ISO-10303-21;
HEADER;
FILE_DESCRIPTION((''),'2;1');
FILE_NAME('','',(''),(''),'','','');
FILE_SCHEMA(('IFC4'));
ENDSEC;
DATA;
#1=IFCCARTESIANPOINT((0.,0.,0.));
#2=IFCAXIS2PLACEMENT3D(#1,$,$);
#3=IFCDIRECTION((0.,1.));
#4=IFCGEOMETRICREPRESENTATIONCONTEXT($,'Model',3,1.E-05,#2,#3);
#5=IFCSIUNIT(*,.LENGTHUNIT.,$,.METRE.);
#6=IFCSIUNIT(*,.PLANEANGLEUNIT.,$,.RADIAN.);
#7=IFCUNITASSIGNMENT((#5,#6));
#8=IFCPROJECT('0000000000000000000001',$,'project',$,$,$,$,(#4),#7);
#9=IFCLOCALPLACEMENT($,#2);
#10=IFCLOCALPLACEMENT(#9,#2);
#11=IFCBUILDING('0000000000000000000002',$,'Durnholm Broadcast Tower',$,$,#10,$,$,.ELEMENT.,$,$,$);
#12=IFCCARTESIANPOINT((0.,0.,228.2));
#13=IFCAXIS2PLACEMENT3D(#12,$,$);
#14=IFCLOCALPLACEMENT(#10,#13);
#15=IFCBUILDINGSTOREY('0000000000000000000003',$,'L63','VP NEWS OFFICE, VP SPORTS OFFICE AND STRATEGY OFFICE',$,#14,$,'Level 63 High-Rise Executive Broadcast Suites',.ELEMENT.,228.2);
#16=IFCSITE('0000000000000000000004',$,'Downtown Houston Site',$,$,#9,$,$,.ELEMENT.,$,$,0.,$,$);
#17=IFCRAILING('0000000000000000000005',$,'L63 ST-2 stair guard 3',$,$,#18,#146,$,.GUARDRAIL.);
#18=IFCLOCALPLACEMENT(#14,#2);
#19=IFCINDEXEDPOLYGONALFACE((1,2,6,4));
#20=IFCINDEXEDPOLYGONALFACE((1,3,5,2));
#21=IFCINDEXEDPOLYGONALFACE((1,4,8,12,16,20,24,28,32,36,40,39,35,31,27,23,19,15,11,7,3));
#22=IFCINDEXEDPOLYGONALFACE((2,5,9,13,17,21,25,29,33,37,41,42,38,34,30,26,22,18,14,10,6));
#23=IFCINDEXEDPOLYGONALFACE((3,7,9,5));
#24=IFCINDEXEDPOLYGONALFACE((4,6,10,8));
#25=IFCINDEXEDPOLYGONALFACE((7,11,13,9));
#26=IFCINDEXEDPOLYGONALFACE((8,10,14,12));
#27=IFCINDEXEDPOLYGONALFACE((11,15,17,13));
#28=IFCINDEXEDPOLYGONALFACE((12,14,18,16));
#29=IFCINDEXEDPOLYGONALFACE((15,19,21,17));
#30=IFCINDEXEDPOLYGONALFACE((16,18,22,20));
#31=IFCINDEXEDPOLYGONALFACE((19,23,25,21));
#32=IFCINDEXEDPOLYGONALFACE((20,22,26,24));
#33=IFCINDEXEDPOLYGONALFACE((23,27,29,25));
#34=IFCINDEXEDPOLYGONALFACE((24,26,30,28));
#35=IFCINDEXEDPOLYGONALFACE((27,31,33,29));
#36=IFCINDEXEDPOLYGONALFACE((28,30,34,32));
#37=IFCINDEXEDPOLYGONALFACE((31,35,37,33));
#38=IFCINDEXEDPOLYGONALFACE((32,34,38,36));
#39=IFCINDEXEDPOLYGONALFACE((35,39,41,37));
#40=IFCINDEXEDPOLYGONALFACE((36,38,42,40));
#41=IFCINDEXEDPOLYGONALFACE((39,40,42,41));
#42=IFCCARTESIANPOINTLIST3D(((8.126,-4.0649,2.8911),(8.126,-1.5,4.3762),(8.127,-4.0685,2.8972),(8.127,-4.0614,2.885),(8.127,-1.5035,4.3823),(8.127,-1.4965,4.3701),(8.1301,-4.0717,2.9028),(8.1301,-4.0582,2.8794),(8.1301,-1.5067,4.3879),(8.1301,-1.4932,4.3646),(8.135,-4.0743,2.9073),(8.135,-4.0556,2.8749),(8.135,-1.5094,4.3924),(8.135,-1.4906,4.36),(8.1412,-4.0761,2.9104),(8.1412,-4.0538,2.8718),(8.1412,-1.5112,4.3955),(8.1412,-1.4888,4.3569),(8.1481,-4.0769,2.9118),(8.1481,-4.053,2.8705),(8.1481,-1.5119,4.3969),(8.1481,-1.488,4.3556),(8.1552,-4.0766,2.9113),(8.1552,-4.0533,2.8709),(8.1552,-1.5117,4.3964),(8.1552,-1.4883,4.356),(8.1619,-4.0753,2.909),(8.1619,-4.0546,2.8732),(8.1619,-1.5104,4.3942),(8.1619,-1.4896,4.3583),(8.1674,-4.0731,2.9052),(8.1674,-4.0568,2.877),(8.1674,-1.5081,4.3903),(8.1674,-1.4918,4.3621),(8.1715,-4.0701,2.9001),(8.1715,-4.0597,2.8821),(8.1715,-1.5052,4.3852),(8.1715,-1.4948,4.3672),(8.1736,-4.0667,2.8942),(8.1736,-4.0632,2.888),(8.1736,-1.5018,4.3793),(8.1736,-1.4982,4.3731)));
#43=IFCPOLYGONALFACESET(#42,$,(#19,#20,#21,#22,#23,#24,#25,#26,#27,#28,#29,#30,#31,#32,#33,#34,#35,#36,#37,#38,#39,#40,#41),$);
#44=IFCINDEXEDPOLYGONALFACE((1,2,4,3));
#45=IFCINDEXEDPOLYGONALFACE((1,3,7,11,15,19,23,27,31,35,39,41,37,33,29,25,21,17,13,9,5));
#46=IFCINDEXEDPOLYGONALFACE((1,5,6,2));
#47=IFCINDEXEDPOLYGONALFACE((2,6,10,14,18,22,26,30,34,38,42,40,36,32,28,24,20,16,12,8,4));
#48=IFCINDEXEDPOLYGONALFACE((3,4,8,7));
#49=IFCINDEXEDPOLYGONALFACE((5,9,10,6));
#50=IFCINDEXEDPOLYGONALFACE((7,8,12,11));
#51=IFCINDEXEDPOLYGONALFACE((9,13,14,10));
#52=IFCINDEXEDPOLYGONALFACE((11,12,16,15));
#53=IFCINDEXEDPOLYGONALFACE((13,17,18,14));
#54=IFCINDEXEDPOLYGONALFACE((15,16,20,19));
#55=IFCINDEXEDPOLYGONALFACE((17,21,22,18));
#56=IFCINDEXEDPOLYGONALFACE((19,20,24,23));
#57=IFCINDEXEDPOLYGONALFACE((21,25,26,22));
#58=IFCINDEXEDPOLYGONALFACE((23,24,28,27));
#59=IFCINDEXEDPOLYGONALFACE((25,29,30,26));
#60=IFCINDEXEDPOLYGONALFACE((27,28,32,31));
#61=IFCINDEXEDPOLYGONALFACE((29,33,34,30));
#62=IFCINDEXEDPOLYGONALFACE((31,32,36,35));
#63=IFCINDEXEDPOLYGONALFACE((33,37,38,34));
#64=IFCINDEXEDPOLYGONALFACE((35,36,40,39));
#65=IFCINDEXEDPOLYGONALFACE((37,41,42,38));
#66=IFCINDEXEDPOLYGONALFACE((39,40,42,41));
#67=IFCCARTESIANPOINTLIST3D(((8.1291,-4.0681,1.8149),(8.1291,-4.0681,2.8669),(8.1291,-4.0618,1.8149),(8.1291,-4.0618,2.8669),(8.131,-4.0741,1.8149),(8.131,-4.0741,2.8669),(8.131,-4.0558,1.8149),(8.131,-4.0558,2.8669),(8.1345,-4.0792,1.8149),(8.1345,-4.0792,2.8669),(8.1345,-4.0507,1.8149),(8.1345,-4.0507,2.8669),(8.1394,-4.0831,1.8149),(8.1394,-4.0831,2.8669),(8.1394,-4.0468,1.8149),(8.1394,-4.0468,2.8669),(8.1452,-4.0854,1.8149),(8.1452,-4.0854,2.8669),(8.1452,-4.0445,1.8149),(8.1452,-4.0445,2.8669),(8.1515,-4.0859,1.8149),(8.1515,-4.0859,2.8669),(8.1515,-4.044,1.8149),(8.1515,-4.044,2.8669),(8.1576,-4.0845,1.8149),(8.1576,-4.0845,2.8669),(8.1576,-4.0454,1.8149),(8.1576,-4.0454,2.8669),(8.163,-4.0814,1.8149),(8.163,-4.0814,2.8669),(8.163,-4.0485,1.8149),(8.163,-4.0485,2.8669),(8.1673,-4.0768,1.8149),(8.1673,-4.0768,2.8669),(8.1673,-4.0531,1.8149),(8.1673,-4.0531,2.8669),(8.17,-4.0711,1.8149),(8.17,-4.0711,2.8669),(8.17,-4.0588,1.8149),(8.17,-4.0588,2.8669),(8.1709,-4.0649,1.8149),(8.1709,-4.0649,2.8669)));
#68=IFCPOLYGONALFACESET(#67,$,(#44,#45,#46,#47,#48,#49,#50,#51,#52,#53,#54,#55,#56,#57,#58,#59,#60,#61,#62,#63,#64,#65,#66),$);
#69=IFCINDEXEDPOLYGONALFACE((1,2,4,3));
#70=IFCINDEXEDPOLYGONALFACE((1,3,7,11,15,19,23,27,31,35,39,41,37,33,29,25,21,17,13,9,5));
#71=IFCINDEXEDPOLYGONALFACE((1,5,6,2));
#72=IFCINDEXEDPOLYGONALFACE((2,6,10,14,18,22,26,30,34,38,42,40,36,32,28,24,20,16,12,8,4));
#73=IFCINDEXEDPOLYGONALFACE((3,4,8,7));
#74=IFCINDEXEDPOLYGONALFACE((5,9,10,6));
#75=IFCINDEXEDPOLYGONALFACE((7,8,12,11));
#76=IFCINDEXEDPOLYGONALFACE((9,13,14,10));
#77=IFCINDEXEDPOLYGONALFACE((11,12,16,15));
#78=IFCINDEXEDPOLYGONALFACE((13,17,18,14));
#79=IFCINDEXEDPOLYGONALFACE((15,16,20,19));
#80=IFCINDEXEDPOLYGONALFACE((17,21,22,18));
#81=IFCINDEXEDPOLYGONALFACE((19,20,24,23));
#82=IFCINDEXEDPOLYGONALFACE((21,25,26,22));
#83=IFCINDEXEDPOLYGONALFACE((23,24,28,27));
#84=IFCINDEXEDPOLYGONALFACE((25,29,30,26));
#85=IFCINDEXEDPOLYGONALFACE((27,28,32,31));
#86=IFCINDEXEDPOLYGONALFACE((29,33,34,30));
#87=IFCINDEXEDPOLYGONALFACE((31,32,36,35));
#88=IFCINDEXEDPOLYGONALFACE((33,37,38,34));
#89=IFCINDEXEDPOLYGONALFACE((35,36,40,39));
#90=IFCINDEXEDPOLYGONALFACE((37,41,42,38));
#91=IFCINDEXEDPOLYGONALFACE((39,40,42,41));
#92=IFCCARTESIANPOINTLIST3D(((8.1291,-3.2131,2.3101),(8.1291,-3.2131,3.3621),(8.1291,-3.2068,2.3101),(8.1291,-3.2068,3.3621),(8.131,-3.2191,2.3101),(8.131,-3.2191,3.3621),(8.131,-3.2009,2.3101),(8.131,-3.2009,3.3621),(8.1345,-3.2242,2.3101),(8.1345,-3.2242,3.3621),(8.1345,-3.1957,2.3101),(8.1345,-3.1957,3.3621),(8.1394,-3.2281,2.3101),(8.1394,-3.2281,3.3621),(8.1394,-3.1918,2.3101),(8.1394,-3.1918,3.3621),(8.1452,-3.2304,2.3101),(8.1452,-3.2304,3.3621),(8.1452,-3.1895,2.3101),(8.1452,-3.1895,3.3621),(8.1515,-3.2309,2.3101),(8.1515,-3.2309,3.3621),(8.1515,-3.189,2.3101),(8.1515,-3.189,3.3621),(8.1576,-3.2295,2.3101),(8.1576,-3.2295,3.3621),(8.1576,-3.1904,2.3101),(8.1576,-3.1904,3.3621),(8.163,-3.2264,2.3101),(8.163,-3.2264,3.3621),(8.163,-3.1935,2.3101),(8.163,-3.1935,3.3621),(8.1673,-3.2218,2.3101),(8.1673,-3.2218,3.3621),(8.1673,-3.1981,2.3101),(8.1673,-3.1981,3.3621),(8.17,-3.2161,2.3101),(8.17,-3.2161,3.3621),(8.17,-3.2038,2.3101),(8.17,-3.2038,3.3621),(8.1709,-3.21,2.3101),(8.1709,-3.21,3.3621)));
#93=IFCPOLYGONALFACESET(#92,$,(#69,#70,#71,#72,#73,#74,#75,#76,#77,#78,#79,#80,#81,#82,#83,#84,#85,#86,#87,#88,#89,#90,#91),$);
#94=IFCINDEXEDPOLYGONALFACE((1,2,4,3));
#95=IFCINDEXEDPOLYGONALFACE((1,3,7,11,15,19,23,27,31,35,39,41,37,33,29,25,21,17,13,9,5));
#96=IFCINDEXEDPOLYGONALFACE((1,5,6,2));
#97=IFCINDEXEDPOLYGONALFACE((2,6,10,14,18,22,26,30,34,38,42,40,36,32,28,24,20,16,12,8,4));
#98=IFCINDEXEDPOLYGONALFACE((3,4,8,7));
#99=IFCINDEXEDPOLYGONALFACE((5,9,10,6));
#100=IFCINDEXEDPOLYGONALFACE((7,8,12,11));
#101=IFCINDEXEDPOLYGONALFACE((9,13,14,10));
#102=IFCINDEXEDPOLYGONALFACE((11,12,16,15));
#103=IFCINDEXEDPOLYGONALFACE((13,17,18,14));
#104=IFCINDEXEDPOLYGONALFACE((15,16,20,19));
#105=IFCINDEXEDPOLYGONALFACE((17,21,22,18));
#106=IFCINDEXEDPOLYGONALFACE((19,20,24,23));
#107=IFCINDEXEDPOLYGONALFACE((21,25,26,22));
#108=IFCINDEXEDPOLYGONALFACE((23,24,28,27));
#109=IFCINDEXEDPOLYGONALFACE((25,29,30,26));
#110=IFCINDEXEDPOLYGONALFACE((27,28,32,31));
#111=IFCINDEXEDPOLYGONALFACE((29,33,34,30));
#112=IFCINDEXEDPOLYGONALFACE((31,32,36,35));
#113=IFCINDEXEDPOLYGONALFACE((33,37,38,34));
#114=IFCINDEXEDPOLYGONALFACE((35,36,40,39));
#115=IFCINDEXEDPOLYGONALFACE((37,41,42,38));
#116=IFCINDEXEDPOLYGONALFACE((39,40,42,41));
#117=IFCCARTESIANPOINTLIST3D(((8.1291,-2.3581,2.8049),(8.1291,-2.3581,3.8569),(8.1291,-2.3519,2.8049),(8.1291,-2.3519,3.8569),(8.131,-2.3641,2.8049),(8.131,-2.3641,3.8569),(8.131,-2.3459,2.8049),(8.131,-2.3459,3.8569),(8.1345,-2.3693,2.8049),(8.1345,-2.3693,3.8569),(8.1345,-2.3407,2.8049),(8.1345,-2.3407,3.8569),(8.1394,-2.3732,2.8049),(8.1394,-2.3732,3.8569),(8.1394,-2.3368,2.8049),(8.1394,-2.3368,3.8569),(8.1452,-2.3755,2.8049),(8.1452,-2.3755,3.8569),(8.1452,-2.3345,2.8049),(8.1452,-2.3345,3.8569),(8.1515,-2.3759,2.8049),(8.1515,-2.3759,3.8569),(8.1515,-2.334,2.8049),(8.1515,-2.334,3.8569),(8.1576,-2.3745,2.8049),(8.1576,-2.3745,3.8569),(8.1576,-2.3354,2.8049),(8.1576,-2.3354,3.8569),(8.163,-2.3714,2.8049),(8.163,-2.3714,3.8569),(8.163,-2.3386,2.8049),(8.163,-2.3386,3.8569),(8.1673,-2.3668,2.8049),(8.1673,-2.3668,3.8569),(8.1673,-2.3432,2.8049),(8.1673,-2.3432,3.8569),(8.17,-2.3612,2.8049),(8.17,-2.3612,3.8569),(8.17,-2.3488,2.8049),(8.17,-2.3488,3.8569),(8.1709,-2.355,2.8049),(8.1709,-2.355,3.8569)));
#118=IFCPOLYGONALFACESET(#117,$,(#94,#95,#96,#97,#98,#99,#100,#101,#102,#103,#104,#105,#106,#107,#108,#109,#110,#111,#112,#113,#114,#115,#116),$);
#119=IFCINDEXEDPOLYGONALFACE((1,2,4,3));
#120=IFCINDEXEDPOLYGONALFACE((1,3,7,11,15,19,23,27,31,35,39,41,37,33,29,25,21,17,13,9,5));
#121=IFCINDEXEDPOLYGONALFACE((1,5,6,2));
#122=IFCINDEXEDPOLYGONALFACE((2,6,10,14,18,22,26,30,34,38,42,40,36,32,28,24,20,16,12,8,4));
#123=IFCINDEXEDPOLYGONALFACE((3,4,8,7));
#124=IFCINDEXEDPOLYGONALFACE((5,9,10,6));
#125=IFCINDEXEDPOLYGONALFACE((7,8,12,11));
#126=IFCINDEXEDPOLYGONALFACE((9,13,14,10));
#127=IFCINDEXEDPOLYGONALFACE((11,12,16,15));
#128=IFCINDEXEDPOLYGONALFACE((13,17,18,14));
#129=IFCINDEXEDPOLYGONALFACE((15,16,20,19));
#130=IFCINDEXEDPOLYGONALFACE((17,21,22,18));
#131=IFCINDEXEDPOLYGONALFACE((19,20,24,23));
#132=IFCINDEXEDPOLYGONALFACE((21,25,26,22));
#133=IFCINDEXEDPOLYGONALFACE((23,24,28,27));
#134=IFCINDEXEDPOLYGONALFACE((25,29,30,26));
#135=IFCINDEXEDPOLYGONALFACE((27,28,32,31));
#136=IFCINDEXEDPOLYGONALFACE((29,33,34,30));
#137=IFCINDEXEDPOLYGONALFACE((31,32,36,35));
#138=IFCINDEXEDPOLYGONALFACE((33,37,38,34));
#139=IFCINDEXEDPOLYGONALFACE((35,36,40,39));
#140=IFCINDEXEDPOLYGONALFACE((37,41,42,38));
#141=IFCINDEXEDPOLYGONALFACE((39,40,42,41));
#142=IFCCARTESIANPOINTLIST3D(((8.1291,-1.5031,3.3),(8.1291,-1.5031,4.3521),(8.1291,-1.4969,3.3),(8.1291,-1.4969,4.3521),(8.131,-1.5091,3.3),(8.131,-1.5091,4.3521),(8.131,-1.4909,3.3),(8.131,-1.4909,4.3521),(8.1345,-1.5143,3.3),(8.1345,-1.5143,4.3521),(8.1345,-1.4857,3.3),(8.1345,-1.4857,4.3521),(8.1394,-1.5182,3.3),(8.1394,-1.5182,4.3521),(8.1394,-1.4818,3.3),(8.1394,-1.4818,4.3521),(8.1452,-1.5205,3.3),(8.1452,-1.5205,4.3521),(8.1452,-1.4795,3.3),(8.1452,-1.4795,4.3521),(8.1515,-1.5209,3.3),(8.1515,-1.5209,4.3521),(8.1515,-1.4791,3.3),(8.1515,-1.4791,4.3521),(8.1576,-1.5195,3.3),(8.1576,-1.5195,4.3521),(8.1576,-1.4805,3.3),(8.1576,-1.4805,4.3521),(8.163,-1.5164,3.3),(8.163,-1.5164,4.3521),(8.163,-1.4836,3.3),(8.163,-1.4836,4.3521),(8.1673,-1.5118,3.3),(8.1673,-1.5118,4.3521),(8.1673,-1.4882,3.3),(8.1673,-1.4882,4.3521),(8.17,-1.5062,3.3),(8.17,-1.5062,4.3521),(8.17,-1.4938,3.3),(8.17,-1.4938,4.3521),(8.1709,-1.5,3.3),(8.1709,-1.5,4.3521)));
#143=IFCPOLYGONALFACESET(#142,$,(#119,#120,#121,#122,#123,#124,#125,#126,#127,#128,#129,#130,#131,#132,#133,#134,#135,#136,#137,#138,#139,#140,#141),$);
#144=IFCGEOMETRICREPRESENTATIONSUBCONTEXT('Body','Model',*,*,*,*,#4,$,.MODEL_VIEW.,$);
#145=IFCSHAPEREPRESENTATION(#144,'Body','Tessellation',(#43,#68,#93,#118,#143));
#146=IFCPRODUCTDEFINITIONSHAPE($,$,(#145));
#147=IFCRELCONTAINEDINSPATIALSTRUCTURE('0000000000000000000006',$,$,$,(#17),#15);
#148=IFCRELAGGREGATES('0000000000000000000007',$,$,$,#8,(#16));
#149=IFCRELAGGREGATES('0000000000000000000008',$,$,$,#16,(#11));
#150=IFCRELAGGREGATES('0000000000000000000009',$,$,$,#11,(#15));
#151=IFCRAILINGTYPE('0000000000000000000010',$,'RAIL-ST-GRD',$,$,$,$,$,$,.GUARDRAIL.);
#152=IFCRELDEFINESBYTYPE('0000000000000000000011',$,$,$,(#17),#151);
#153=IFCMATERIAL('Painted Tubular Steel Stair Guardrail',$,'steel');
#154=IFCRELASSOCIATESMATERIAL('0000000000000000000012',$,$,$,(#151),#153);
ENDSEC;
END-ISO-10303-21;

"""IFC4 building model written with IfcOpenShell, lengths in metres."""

from ifc_helpers import new_model, si_unit, direction, frame, origin, origin_2d, place, context, subcontext, project, spatial, circle, extrude, material, type_object, element, save


model = new_model("IFC4")

# Units and contexts
model_context = context("Model", 3, precision=1e-05, world=origin(), true_north=direction((0.0, 1.0)))
body_context = subcontext(model_context, "Body", "Model", "MODEL_VIEW")
ifc_project = project(units=[si_unit("LENGTHUNIT", "METRE"), si_unit("PLANEANGLEUNIT", "RADIAN")], contexts=[model_context])

# Site, building, storey
site_placement = place(None, origin())
site = spatial("IfcSite", under=ifc_project, at=site_placement, Name="Downtown Houston Site", CompositionType="ELEMENT", RefElevation=0.0)
building_placement = place(site_placement, origin())
building = spatial("IfcBuilding", under=site, at=building_placement, Name="Durnholm Broadcast Tower", CompositionType="ELEMENT")
storey_placement = place(building_placement, frame((0.0, 0.0, 228.2)))
storey = spatial("IfcBuildingStorey", under=building, at=storey_placement, Name="L63", Description="VP NEWS OFFICE, VP SPORTS OFFICE AND STRATEGY OFFICE", LongName="Level 63 High-Rise Executive Broadcast Suites", CompositionType="ELEMENT", Elevation=228.2)

# Railing
ifc_material_1 = material(Name="Painted Tubular Steel Stair Guardrail", Category="steel")
railing_type_1 = type_object("IfcRailingType", Name="RAIL-ST-GRD", PredefinedType="GUARDRAIL", material=ifc_material_1)
railing_1_placement = place(storey_placement, frame((8.1499, -4.0649, 1.8149)))
element("IfcRailing", 1, at=railing_1_placement, inside=storey, type_object=railing_type_1, Name="L63 ST-2 stair guard 3", PredefinedType="GUARDRAIL", context=body_context, shape_type="SweptSolid", body=[
    extrude(circle(Radius=0.0239, at=origin_2d()), frame((0.0, 0.0, 1.0762), z_axis=(0.0, 0.865406, 0.501072), x_axis=(-1.0, 0.0, 0.0)), (0.0, 0.0, 1.0), 2.9639),
    extrude(circle(Radius=0.021, at=origin_2d()), origin(), (0.0, 0.0, 1.0), 1.052),
    extrude(circle(Radius=0.021, at=origin_2d()), frame((0.0, 0.855, 0.4951)), (0.0, 0.0, 1.0), 1.052),
    extrude(circle(Radius=0.021, at=origin_2d()), frame((0.0, 1.71, 0.99)), (0.0, 0.0, 1.0), 1.052),
    extrude(circle(Radius=0.021, at=origin_2d()), frame((0.0, 2.5649, 1.4851)), (0.0, 0.0, 1.0), 1.052),
])

save(model, "model.ifc")
